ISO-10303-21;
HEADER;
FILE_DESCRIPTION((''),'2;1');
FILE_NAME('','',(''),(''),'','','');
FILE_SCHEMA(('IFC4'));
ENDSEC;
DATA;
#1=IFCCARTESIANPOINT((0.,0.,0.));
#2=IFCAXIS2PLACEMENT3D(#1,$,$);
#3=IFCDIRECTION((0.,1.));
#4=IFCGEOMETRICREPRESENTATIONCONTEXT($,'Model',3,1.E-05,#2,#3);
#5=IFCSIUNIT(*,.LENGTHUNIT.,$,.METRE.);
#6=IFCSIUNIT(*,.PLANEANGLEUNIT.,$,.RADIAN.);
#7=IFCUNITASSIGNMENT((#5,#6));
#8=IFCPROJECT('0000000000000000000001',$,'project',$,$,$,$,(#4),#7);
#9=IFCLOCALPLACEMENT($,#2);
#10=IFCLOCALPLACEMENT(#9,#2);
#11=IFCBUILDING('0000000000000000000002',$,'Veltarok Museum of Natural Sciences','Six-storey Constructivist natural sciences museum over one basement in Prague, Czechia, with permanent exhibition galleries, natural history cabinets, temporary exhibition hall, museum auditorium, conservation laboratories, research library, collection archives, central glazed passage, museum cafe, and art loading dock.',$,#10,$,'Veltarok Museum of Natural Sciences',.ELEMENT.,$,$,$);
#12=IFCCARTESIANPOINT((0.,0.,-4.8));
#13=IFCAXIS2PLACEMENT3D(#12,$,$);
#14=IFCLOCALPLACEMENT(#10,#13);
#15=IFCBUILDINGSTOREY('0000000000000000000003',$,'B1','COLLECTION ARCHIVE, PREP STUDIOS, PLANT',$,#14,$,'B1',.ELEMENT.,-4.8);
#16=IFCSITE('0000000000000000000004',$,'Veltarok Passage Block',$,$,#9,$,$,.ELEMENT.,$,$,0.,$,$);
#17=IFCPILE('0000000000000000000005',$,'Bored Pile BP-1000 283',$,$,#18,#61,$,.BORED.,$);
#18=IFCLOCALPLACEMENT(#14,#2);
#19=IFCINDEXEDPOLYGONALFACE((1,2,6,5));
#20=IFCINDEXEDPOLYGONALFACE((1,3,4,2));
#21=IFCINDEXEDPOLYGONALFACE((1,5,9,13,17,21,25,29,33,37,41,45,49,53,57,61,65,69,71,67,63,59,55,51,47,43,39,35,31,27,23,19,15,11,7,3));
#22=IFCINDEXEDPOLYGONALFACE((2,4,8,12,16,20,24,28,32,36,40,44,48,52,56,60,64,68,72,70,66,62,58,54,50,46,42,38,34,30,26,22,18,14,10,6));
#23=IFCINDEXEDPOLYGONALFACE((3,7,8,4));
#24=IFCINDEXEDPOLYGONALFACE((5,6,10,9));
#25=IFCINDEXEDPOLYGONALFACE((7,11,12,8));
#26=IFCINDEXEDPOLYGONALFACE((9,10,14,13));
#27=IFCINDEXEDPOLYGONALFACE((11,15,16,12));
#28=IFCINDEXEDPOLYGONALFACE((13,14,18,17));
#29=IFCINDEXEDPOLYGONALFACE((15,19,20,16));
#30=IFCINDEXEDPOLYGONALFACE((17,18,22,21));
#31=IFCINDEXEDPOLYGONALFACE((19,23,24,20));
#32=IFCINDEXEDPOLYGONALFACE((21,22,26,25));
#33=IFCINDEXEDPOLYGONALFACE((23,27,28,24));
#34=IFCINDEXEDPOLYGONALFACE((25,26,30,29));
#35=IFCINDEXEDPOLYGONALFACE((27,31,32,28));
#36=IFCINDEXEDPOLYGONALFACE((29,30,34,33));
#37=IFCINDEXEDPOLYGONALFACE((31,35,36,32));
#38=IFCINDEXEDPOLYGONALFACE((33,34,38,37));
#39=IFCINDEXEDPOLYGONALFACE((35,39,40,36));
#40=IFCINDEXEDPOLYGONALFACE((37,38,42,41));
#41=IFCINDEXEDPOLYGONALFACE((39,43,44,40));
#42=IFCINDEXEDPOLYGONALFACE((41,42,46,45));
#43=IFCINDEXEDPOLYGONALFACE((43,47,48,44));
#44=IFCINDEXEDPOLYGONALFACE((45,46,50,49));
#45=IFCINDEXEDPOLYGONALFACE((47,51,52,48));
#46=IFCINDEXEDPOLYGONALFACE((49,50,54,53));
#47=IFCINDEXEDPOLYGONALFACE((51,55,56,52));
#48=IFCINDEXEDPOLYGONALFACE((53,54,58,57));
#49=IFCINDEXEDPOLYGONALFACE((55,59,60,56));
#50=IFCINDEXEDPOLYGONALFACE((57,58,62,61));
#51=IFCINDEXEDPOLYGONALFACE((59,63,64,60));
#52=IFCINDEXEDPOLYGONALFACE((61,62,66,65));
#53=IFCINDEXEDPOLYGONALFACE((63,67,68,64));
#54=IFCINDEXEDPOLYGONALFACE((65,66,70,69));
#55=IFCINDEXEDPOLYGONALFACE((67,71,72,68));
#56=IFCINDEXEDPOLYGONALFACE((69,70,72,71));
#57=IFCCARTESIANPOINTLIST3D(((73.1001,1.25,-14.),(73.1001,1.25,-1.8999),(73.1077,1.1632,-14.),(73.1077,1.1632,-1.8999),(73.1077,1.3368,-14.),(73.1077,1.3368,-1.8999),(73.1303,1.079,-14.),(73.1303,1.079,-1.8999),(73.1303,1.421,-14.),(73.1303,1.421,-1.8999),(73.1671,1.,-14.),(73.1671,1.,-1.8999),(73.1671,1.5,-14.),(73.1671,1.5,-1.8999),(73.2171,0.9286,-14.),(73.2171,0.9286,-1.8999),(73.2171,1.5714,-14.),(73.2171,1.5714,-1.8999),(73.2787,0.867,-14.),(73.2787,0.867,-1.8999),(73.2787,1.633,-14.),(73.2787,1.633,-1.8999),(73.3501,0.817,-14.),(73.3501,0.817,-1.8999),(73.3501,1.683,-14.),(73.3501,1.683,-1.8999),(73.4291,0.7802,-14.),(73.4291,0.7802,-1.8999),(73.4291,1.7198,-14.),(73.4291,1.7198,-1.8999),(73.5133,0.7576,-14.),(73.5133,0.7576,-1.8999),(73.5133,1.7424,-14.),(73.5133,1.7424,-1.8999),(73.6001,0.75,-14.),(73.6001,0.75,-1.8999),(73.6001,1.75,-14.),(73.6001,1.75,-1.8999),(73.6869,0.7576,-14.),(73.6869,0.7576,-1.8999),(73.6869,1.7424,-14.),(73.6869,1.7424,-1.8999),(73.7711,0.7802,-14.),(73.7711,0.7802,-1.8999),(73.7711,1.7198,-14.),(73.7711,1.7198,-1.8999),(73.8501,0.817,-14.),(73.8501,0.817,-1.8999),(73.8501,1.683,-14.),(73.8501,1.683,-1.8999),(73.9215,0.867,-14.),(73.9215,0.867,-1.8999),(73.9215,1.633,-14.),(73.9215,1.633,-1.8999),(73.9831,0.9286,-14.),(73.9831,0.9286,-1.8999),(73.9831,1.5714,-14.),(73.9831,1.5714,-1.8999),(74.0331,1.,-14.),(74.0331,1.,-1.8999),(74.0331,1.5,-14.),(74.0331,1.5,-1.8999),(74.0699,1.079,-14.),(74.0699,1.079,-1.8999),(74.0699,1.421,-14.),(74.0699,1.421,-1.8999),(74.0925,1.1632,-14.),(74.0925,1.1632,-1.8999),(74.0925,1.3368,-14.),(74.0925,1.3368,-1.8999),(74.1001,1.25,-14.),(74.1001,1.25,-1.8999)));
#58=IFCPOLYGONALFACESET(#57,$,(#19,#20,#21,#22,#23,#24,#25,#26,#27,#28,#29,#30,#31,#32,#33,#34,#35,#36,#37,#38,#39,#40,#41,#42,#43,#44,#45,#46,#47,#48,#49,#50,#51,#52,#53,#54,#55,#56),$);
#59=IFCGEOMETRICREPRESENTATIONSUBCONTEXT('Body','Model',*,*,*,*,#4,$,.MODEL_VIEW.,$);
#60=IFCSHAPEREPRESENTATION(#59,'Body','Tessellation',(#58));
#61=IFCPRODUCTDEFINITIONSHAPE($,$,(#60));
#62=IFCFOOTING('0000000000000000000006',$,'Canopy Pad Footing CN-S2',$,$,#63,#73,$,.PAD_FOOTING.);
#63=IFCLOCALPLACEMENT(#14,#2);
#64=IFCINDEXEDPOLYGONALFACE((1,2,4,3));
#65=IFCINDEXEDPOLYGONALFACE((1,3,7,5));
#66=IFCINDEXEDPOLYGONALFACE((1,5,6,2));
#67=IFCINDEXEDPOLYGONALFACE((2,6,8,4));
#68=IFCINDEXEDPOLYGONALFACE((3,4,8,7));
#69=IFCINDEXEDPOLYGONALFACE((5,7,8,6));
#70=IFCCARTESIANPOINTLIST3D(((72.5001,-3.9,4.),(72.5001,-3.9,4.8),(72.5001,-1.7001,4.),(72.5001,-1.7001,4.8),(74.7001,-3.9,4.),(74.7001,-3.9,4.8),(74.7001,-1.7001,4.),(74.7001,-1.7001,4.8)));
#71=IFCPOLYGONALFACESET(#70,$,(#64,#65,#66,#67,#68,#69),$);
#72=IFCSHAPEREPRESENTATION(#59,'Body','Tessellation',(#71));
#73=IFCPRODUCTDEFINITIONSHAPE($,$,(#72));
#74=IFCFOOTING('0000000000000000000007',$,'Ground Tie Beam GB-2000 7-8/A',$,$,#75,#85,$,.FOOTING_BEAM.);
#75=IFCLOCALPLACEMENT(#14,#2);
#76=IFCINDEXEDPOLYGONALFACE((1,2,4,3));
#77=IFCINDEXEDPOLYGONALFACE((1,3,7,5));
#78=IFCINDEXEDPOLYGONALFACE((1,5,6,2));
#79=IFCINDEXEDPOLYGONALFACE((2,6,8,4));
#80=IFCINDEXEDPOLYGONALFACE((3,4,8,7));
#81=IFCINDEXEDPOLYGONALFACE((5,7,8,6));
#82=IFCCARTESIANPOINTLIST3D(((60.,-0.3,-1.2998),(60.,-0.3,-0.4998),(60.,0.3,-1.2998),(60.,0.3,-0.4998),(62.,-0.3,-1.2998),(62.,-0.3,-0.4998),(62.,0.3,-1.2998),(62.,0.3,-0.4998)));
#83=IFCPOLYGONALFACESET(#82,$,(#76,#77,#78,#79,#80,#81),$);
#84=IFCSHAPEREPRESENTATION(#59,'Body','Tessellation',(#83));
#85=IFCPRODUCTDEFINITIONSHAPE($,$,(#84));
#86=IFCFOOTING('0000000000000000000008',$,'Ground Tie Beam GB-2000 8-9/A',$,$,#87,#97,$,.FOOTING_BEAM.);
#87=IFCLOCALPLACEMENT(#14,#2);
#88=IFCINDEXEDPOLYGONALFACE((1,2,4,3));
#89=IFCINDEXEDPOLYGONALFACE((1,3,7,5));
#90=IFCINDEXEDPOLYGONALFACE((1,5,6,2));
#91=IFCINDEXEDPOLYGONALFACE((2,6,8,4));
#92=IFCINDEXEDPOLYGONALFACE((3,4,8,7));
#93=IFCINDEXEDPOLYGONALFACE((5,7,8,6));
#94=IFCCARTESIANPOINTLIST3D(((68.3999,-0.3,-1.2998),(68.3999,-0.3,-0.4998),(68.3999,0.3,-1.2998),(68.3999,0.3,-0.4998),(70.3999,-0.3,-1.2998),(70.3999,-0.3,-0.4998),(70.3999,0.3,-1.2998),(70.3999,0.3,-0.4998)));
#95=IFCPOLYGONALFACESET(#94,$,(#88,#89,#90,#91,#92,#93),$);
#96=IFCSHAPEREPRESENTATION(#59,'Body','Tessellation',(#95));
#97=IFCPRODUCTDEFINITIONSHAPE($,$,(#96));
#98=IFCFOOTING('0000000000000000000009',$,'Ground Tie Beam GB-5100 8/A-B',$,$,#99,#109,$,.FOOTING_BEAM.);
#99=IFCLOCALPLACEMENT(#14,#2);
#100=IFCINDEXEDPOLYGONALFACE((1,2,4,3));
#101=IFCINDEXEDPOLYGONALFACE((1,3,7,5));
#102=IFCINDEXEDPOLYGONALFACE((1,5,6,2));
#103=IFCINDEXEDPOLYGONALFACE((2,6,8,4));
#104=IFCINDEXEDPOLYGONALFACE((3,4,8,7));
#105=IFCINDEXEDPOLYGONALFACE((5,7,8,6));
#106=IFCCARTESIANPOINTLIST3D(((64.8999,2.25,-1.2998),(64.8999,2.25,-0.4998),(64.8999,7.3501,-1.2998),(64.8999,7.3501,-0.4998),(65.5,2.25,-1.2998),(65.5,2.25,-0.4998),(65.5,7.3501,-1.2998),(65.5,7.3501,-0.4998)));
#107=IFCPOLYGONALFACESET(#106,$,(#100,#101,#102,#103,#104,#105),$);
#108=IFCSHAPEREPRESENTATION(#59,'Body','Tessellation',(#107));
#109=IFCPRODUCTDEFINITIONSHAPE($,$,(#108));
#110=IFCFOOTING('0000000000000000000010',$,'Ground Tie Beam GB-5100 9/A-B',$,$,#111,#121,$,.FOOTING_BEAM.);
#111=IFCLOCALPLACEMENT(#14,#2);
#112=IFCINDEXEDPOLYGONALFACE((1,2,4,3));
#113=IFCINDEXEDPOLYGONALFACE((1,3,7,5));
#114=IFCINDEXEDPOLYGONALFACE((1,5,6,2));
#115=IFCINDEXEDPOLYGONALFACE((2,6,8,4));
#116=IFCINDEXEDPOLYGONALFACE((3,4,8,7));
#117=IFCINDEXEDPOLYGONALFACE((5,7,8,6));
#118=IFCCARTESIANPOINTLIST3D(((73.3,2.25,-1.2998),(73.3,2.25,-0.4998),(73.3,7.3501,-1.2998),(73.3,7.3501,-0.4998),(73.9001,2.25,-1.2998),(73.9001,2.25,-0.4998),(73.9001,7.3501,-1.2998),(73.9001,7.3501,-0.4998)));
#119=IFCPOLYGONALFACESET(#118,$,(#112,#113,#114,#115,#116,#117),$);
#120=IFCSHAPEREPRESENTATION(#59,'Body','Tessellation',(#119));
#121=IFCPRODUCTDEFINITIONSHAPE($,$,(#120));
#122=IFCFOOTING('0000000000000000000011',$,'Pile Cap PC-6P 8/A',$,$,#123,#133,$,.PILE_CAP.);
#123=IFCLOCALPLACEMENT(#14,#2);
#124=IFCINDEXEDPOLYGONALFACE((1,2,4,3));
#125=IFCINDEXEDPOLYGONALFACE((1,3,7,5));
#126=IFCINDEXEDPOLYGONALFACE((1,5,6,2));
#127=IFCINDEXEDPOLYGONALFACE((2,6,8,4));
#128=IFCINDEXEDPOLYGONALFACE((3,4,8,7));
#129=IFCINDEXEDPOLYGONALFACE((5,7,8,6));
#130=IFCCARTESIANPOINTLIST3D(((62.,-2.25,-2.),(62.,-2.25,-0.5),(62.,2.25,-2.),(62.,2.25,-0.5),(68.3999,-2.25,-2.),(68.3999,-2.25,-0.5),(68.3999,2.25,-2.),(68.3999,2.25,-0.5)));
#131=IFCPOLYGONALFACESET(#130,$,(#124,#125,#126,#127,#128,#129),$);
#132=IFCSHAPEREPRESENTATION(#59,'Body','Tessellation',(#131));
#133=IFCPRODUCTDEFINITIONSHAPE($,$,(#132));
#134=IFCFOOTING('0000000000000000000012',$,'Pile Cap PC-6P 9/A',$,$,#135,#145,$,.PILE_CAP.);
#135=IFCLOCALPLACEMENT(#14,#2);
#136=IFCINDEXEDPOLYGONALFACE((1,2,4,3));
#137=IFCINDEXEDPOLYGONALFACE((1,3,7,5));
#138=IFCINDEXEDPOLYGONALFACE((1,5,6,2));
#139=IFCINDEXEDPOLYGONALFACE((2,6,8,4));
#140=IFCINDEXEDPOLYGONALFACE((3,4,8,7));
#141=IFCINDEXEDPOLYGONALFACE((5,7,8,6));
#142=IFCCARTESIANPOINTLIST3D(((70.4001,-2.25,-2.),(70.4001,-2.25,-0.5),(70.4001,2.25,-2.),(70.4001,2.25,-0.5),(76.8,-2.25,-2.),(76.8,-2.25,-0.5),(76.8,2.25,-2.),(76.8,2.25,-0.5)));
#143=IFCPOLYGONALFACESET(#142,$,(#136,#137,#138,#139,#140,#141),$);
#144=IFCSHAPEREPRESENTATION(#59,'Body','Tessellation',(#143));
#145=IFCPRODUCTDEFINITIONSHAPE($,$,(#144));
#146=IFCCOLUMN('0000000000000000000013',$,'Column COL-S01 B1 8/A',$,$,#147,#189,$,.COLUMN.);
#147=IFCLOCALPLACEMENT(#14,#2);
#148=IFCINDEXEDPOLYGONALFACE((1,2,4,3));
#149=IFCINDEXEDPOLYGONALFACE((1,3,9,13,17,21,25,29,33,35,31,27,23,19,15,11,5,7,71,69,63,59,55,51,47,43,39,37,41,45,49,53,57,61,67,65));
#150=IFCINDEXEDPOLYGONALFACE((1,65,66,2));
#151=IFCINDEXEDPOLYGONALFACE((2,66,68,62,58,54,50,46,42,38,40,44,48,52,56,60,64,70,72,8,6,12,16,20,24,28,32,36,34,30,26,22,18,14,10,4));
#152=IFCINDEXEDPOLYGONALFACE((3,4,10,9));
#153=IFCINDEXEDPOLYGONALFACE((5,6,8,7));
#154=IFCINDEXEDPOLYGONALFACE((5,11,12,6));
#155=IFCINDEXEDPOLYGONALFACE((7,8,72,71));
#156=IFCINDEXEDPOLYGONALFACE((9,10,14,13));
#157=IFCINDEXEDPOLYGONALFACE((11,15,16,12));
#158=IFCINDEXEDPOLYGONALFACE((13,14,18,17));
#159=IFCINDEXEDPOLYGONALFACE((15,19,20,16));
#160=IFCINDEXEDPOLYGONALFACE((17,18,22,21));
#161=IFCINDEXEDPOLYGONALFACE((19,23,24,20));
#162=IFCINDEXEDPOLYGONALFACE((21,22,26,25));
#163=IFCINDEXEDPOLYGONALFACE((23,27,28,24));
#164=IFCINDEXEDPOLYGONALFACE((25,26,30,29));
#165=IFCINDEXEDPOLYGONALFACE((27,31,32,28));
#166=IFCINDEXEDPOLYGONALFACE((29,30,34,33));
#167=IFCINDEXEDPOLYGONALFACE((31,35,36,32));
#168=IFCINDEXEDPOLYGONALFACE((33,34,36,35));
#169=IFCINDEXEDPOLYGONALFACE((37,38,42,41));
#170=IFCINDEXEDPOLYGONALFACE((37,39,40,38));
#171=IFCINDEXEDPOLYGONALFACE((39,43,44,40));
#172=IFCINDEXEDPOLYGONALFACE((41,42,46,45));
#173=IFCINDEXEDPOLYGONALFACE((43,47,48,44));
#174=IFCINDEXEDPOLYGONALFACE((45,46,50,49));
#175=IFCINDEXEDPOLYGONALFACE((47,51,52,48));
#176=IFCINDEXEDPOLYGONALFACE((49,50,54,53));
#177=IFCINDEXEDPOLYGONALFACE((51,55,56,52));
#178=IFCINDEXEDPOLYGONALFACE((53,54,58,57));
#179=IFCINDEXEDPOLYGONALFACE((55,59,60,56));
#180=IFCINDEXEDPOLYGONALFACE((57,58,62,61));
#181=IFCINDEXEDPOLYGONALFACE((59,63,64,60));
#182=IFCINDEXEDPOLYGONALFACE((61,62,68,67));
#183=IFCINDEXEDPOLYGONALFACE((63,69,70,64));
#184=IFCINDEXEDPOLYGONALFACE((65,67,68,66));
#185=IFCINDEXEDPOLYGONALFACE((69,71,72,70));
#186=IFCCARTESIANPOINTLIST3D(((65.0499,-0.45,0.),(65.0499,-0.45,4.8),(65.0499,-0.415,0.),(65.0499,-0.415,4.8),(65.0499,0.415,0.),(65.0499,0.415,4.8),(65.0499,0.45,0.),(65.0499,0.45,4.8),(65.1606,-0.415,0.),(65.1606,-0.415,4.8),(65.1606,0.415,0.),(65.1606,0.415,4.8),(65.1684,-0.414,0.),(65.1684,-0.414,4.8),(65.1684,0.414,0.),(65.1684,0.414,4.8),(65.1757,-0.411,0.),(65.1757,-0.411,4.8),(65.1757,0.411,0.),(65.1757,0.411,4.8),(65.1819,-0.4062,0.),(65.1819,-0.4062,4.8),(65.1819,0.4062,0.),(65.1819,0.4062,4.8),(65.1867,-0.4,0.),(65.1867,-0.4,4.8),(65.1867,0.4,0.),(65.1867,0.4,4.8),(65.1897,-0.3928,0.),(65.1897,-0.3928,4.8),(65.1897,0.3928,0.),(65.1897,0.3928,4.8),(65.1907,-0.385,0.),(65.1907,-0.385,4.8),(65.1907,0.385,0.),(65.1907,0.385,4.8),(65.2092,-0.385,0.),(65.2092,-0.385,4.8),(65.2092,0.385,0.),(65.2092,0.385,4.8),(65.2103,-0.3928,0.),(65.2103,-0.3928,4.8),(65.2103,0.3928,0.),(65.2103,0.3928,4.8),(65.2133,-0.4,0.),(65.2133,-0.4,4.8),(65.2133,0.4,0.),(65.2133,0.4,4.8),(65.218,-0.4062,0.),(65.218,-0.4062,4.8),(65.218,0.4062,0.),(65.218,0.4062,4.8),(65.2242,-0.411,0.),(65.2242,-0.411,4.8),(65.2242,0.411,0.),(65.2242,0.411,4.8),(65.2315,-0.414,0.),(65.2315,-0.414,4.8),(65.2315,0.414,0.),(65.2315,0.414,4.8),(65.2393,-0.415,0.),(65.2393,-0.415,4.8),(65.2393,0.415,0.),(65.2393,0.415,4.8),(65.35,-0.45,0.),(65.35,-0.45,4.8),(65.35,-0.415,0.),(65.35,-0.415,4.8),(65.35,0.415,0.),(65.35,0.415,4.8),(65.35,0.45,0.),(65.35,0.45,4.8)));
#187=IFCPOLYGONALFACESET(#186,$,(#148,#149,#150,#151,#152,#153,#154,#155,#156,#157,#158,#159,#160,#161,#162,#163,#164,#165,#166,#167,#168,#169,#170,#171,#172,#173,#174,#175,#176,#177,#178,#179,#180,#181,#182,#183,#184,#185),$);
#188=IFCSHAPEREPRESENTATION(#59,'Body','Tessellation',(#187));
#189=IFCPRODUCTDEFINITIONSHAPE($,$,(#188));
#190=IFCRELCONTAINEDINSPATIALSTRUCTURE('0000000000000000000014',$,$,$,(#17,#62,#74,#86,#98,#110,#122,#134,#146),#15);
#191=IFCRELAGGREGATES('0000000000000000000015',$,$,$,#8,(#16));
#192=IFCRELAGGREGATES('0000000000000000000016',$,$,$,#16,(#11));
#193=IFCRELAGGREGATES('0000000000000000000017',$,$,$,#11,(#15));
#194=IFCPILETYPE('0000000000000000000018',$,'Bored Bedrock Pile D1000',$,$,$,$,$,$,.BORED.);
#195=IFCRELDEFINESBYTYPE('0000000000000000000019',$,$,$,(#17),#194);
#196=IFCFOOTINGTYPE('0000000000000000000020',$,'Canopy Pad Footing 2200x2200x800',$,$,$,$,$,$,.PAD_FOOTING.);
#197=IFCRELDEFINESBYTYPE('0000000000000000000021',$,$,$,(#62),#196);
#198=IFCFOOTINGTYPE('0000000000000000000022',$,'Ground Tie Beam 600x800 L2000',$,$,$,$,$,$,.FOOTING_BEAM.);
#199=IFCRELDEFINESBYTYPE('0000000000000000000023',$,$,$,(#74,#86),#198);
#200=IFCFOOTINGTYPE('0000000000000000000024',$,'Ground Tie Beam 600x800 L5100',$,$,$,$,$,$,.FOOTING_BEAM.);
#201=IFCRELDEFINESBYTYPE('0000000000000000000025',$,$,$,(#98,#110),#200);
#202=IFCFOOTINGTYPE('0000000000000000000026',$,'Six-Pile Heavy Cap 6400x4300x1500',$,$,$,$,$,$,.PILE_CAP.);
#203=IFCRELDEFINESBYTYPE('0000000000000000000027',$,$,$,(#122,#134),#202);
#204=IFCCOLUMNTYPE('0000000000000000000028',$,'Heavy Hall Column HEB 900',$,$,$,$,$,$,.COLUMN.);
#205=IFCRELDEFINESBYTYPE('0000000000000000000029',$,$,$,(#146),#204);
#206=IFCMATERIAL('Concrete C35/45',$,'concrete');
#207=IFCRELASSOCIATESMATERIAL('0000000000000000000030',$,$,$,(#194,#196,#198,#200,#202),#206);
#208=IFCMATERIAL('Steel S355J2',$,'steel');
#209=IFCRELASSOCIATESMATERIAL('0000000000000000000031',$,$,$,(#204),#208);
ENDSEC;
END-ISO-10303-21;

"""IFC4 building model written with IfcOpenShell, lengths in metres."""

from ifc_helpers import new_model, si_unit, direction, frame, origin, origin_2d, place, context, subcontext, project, spatial, rectangle, circle, i_section, extrude, material, material_profile, profile_set, type_object, element, save


model = new_model("IFC4")

# Units and contexts
model_context = context("Model", 3, precision=1e-05, world=origin(), true_north=direction((0.0, 1.0)))
body_context = subcontext(model_context, "Body", "Model", "MODEL_VIEW")
ifc_project = project(units=[si_unit("LENGTHUNIT", "METRE"), si_unit("PLANEANGLEUNIT", "RADIAN")], contexts=[model_context])

# Site, building, storey
site_placement = place(None, origin())
site = spatial("IfcSite", under=ifc_project, at=site_placement, Name="Veltarok Passage Block", CompositionType="ELEMENT", RefElevation=0.0)
building_placement = place(site_placement, origin())
building = spatial("IfcBuilding", under=site, at=building_placement, Name="Veltarok Museum of Natural Sciences", Description="Six-storey Constructivist natural sciences museum over one basement in Prague, Czechia, with permanent exhibition galleries, natural history cabinets, temporary exhibition hall, museum auditorium, conservation laboratories, research library, collection archives, central glazed passage, museum cafe, and art loading dock.", LongName="Veltarok Museum of Natural Sciences", CompositionType="ELEMENT")
storey_placement = place(building_placement, frame((0.0, 0.0, -4.8)))
storey = spatial("IfcBuildingStorey", under=building, at=storey_placement, Name="B1", Description="COLLECTION ARCHIVE, PREP STUDIOS, PLANT", LongName="B1", CompositionType="ELEMENT", Elevation=-4.8)

# Pile
ifc_material_1 = material(Name="Concrete C35/45", Category="concrete")
ifc_material_profile_1 = material_profile(ifc_material_1, circle(Radius=0.5, at=origin_2d()), Name="BP D1000")
ifc_profile_set_1 = profile_set([ifc_material_profile_1], Name="Concrete C35/45")
pile_type = type_object("IfcPileType", Name="Bored Bedrock Pile D1000", PredefinedType="BORED", material=ifc_profile_set_1)
for number, where, z_axis, x_axis, name in (
    (1, (73.6001, 1.25, -1.8999), (0.0, 0.0, -1.0), (1.0, 0.0, 0.0), "Bored Pile BP-1000 283"),
):
    element("IfcPile", number, at=place(storey_placement, frame(where, z_axis=z_axis, x_axis=x_axis)), inside=storey, type_object=pile_type, Name=name, PredefinedType="BORED", context=body_context, shape_type="SweptSolid", body=[
        extrude(circle(Radius=0.5, at=origin_2d()), origin(), (0.0, 0.0, 1.0), 12.1001),
    ])

# Footings
footing_type_1 = type_object("IfcFootingType", Name="Canopy Pad Footing 2200x2200x800", PredefinedType="PAD_FOOTING", material=ifc_material_1)
footing_placement = place(storey_placement, frame((73.6001, -2.8, 4.0), z_axis=(0.0, 0.0, 1.0), x_axis=(1.0, 0.0, 0.0)))
element("IfcFooting", 2, at=footing_placement, inside=storey, type_object=footing_type_1, Name="Canopy Pad Footing CN-S2", PredefinedType="PAD_FOOTING", context=body_context, shape_type="SweptSolid", body=[
    extrude(rectangle(XDim=2.2, YDim=2.2, at=origin_2d()), origin(), (0.0, 0.0, 1.0), 0.8),
])
footing_type_2 = type_object("IfcFootingType", Name="Ground Tie Beam 600x800 L2000", PredefinedType="FOOTING_BEAM", material=ifc_material_1)
for number, where, z_axis, x_axis, name in (
    (3, (61.0, 0.0, -1.2998), (0.0, 0.0, 1.0), (1.0, 0.0, 0.0), "Ground Tie Beam GB-2000 7-8/A"),
    (4, (69.3999, 0.0, -1.2998), (0.0, 0.0, 1.0), (1.0, 0.0, 0.0), "Ground Tie Beam GB-2000 8-9/A"),
):
    element("IfcFooting", number, at=place(storey_placement, frame(where, z_axis=z_axis, x_axis=x_axis)), inside=storey, type_object=footing_type_2, Name=name, PredefinedType="FOOTING_BEAM", context=body_context, shape_type="SweptSolid", body=[
        extrude(rectangle(XDim=2.0, YDim=0.6001, at=origin_2d()), origin(), (0.0, 0.0, 1.0), 0.8),
    ])
footing_type_3 = type_object("IfcFootingType", Name="Ground Tie Beam 600x800 L5100", PredefinedType="FOOTING_BEAM", material=ifc_material_1)
for number, where, z_axis, x_axis, name in (
    (5, (65.2, 4.8, -1.2998), (0.0, 0.0, 1.0), (0.0, 1.0, 0.0), "Ground Tie Beam GB-5100 8/A-B"),
    (6, (73.6001, 4.8, -1.2998), (0.0, 0.0, 1.0), (0.0, 1.0, 0.0), "Ground Tie Beam GB-5100 9/A-B"),
):
    element("IfcFooting", number, at=place(storey_placement, frame(where, z_axis=z_axis, x_axis=x_axis)), inside=storey, type_object=footing_type_3, Name=name, PredefinedType="FOOTING_BEAM", context=body_context, shape_type="SweptSolid", body=[
        extrude(rectangle(XDim=5.1001, YDim=0.6001, at=origin_2d()), origin(), (0.0, 0.0, 1.0), 0.8),
    ])
footing_type_4 = type_object("IfcFootingType", Name="Six-Pile Heavy Cap 6400x4300x1500", PredefinedType="PILE_CAP", material=ifc_material_1)
for number, where, z_axis, x_axis, name in (
    (7, (65.2, 0.0, -2.0), (0.0, 0.0, 1.0), (1.0, 0.0, 0.0), "Pile Cap PC-6P 8/A"),
    (8, (73.6001, 0.0, -2.0), (0.0, 0.0, 1.0), (1.0, 0.0, 0.0), "Pile Cap PC-6P 9/A"),
):
    element("IfcFooting", number, at=place(storey_placement, frame(where, z_axis=z_axis, x_axis=x_axis)), inside=storey, type_object=footing_type_4, Name=name, PredefinedType="PILE_CAP", context=body_context, shape_type="SweptSolid", body=[
        extrude(rectangle(XDim=6.3999, YDim=4.5, at=origin_2d()), origin(), (0.0, 0.0, 1.0), 1.5),
    ])

# Column
ifc_material_2 = material(Name="Steel S355J2", Category="steel")
ifc_material_profile_2 = material_profile(ifc_material_2, i_section(OverallWidth=0.3, OverallDepth=0.8999, WebThickness=0.0186, FlangeThickness=0.0349, FilletRadius=0.03, at=origin_2d()), Name="HEB 900")
ifc_profile_set_2 = profile_set([ifc_material_profile_2], Name="Steel S355J2")
column_type = type_object("IfcColumnType", Name="Heavy Hall Column HEB 900", PredefinedType="COLUMN", material=ifc_profile_set_2)
for number, where, z_axis, x_axis, name in (
    (9, (65.2, 0.0, 0.0), (0.0, 0.0, 1.0), (1.0, 0.0, 0.0), "Column COL-S01 B1 8/A"),
):
    element("IfcColumn", number, at=place(storey_placement, frame(where, z_axis=z_axis, x_axis=x_axis)), inside=storey, type_object=column_type, Name=name, PredefinedType="COLUMN", context=body_context, shape_type="SweptSolid", body=[
        extrude(i_section(OverallWidth=0.3, OverallDepth=0.8999, WebThickness=0.0186, FlangeThickness=0.0349, FilletRadius=0.03, at=origin_2d()), origin(), (0.0, 0.0, 1.0), 4.8),
    ])

save(model, "model.ifc")
